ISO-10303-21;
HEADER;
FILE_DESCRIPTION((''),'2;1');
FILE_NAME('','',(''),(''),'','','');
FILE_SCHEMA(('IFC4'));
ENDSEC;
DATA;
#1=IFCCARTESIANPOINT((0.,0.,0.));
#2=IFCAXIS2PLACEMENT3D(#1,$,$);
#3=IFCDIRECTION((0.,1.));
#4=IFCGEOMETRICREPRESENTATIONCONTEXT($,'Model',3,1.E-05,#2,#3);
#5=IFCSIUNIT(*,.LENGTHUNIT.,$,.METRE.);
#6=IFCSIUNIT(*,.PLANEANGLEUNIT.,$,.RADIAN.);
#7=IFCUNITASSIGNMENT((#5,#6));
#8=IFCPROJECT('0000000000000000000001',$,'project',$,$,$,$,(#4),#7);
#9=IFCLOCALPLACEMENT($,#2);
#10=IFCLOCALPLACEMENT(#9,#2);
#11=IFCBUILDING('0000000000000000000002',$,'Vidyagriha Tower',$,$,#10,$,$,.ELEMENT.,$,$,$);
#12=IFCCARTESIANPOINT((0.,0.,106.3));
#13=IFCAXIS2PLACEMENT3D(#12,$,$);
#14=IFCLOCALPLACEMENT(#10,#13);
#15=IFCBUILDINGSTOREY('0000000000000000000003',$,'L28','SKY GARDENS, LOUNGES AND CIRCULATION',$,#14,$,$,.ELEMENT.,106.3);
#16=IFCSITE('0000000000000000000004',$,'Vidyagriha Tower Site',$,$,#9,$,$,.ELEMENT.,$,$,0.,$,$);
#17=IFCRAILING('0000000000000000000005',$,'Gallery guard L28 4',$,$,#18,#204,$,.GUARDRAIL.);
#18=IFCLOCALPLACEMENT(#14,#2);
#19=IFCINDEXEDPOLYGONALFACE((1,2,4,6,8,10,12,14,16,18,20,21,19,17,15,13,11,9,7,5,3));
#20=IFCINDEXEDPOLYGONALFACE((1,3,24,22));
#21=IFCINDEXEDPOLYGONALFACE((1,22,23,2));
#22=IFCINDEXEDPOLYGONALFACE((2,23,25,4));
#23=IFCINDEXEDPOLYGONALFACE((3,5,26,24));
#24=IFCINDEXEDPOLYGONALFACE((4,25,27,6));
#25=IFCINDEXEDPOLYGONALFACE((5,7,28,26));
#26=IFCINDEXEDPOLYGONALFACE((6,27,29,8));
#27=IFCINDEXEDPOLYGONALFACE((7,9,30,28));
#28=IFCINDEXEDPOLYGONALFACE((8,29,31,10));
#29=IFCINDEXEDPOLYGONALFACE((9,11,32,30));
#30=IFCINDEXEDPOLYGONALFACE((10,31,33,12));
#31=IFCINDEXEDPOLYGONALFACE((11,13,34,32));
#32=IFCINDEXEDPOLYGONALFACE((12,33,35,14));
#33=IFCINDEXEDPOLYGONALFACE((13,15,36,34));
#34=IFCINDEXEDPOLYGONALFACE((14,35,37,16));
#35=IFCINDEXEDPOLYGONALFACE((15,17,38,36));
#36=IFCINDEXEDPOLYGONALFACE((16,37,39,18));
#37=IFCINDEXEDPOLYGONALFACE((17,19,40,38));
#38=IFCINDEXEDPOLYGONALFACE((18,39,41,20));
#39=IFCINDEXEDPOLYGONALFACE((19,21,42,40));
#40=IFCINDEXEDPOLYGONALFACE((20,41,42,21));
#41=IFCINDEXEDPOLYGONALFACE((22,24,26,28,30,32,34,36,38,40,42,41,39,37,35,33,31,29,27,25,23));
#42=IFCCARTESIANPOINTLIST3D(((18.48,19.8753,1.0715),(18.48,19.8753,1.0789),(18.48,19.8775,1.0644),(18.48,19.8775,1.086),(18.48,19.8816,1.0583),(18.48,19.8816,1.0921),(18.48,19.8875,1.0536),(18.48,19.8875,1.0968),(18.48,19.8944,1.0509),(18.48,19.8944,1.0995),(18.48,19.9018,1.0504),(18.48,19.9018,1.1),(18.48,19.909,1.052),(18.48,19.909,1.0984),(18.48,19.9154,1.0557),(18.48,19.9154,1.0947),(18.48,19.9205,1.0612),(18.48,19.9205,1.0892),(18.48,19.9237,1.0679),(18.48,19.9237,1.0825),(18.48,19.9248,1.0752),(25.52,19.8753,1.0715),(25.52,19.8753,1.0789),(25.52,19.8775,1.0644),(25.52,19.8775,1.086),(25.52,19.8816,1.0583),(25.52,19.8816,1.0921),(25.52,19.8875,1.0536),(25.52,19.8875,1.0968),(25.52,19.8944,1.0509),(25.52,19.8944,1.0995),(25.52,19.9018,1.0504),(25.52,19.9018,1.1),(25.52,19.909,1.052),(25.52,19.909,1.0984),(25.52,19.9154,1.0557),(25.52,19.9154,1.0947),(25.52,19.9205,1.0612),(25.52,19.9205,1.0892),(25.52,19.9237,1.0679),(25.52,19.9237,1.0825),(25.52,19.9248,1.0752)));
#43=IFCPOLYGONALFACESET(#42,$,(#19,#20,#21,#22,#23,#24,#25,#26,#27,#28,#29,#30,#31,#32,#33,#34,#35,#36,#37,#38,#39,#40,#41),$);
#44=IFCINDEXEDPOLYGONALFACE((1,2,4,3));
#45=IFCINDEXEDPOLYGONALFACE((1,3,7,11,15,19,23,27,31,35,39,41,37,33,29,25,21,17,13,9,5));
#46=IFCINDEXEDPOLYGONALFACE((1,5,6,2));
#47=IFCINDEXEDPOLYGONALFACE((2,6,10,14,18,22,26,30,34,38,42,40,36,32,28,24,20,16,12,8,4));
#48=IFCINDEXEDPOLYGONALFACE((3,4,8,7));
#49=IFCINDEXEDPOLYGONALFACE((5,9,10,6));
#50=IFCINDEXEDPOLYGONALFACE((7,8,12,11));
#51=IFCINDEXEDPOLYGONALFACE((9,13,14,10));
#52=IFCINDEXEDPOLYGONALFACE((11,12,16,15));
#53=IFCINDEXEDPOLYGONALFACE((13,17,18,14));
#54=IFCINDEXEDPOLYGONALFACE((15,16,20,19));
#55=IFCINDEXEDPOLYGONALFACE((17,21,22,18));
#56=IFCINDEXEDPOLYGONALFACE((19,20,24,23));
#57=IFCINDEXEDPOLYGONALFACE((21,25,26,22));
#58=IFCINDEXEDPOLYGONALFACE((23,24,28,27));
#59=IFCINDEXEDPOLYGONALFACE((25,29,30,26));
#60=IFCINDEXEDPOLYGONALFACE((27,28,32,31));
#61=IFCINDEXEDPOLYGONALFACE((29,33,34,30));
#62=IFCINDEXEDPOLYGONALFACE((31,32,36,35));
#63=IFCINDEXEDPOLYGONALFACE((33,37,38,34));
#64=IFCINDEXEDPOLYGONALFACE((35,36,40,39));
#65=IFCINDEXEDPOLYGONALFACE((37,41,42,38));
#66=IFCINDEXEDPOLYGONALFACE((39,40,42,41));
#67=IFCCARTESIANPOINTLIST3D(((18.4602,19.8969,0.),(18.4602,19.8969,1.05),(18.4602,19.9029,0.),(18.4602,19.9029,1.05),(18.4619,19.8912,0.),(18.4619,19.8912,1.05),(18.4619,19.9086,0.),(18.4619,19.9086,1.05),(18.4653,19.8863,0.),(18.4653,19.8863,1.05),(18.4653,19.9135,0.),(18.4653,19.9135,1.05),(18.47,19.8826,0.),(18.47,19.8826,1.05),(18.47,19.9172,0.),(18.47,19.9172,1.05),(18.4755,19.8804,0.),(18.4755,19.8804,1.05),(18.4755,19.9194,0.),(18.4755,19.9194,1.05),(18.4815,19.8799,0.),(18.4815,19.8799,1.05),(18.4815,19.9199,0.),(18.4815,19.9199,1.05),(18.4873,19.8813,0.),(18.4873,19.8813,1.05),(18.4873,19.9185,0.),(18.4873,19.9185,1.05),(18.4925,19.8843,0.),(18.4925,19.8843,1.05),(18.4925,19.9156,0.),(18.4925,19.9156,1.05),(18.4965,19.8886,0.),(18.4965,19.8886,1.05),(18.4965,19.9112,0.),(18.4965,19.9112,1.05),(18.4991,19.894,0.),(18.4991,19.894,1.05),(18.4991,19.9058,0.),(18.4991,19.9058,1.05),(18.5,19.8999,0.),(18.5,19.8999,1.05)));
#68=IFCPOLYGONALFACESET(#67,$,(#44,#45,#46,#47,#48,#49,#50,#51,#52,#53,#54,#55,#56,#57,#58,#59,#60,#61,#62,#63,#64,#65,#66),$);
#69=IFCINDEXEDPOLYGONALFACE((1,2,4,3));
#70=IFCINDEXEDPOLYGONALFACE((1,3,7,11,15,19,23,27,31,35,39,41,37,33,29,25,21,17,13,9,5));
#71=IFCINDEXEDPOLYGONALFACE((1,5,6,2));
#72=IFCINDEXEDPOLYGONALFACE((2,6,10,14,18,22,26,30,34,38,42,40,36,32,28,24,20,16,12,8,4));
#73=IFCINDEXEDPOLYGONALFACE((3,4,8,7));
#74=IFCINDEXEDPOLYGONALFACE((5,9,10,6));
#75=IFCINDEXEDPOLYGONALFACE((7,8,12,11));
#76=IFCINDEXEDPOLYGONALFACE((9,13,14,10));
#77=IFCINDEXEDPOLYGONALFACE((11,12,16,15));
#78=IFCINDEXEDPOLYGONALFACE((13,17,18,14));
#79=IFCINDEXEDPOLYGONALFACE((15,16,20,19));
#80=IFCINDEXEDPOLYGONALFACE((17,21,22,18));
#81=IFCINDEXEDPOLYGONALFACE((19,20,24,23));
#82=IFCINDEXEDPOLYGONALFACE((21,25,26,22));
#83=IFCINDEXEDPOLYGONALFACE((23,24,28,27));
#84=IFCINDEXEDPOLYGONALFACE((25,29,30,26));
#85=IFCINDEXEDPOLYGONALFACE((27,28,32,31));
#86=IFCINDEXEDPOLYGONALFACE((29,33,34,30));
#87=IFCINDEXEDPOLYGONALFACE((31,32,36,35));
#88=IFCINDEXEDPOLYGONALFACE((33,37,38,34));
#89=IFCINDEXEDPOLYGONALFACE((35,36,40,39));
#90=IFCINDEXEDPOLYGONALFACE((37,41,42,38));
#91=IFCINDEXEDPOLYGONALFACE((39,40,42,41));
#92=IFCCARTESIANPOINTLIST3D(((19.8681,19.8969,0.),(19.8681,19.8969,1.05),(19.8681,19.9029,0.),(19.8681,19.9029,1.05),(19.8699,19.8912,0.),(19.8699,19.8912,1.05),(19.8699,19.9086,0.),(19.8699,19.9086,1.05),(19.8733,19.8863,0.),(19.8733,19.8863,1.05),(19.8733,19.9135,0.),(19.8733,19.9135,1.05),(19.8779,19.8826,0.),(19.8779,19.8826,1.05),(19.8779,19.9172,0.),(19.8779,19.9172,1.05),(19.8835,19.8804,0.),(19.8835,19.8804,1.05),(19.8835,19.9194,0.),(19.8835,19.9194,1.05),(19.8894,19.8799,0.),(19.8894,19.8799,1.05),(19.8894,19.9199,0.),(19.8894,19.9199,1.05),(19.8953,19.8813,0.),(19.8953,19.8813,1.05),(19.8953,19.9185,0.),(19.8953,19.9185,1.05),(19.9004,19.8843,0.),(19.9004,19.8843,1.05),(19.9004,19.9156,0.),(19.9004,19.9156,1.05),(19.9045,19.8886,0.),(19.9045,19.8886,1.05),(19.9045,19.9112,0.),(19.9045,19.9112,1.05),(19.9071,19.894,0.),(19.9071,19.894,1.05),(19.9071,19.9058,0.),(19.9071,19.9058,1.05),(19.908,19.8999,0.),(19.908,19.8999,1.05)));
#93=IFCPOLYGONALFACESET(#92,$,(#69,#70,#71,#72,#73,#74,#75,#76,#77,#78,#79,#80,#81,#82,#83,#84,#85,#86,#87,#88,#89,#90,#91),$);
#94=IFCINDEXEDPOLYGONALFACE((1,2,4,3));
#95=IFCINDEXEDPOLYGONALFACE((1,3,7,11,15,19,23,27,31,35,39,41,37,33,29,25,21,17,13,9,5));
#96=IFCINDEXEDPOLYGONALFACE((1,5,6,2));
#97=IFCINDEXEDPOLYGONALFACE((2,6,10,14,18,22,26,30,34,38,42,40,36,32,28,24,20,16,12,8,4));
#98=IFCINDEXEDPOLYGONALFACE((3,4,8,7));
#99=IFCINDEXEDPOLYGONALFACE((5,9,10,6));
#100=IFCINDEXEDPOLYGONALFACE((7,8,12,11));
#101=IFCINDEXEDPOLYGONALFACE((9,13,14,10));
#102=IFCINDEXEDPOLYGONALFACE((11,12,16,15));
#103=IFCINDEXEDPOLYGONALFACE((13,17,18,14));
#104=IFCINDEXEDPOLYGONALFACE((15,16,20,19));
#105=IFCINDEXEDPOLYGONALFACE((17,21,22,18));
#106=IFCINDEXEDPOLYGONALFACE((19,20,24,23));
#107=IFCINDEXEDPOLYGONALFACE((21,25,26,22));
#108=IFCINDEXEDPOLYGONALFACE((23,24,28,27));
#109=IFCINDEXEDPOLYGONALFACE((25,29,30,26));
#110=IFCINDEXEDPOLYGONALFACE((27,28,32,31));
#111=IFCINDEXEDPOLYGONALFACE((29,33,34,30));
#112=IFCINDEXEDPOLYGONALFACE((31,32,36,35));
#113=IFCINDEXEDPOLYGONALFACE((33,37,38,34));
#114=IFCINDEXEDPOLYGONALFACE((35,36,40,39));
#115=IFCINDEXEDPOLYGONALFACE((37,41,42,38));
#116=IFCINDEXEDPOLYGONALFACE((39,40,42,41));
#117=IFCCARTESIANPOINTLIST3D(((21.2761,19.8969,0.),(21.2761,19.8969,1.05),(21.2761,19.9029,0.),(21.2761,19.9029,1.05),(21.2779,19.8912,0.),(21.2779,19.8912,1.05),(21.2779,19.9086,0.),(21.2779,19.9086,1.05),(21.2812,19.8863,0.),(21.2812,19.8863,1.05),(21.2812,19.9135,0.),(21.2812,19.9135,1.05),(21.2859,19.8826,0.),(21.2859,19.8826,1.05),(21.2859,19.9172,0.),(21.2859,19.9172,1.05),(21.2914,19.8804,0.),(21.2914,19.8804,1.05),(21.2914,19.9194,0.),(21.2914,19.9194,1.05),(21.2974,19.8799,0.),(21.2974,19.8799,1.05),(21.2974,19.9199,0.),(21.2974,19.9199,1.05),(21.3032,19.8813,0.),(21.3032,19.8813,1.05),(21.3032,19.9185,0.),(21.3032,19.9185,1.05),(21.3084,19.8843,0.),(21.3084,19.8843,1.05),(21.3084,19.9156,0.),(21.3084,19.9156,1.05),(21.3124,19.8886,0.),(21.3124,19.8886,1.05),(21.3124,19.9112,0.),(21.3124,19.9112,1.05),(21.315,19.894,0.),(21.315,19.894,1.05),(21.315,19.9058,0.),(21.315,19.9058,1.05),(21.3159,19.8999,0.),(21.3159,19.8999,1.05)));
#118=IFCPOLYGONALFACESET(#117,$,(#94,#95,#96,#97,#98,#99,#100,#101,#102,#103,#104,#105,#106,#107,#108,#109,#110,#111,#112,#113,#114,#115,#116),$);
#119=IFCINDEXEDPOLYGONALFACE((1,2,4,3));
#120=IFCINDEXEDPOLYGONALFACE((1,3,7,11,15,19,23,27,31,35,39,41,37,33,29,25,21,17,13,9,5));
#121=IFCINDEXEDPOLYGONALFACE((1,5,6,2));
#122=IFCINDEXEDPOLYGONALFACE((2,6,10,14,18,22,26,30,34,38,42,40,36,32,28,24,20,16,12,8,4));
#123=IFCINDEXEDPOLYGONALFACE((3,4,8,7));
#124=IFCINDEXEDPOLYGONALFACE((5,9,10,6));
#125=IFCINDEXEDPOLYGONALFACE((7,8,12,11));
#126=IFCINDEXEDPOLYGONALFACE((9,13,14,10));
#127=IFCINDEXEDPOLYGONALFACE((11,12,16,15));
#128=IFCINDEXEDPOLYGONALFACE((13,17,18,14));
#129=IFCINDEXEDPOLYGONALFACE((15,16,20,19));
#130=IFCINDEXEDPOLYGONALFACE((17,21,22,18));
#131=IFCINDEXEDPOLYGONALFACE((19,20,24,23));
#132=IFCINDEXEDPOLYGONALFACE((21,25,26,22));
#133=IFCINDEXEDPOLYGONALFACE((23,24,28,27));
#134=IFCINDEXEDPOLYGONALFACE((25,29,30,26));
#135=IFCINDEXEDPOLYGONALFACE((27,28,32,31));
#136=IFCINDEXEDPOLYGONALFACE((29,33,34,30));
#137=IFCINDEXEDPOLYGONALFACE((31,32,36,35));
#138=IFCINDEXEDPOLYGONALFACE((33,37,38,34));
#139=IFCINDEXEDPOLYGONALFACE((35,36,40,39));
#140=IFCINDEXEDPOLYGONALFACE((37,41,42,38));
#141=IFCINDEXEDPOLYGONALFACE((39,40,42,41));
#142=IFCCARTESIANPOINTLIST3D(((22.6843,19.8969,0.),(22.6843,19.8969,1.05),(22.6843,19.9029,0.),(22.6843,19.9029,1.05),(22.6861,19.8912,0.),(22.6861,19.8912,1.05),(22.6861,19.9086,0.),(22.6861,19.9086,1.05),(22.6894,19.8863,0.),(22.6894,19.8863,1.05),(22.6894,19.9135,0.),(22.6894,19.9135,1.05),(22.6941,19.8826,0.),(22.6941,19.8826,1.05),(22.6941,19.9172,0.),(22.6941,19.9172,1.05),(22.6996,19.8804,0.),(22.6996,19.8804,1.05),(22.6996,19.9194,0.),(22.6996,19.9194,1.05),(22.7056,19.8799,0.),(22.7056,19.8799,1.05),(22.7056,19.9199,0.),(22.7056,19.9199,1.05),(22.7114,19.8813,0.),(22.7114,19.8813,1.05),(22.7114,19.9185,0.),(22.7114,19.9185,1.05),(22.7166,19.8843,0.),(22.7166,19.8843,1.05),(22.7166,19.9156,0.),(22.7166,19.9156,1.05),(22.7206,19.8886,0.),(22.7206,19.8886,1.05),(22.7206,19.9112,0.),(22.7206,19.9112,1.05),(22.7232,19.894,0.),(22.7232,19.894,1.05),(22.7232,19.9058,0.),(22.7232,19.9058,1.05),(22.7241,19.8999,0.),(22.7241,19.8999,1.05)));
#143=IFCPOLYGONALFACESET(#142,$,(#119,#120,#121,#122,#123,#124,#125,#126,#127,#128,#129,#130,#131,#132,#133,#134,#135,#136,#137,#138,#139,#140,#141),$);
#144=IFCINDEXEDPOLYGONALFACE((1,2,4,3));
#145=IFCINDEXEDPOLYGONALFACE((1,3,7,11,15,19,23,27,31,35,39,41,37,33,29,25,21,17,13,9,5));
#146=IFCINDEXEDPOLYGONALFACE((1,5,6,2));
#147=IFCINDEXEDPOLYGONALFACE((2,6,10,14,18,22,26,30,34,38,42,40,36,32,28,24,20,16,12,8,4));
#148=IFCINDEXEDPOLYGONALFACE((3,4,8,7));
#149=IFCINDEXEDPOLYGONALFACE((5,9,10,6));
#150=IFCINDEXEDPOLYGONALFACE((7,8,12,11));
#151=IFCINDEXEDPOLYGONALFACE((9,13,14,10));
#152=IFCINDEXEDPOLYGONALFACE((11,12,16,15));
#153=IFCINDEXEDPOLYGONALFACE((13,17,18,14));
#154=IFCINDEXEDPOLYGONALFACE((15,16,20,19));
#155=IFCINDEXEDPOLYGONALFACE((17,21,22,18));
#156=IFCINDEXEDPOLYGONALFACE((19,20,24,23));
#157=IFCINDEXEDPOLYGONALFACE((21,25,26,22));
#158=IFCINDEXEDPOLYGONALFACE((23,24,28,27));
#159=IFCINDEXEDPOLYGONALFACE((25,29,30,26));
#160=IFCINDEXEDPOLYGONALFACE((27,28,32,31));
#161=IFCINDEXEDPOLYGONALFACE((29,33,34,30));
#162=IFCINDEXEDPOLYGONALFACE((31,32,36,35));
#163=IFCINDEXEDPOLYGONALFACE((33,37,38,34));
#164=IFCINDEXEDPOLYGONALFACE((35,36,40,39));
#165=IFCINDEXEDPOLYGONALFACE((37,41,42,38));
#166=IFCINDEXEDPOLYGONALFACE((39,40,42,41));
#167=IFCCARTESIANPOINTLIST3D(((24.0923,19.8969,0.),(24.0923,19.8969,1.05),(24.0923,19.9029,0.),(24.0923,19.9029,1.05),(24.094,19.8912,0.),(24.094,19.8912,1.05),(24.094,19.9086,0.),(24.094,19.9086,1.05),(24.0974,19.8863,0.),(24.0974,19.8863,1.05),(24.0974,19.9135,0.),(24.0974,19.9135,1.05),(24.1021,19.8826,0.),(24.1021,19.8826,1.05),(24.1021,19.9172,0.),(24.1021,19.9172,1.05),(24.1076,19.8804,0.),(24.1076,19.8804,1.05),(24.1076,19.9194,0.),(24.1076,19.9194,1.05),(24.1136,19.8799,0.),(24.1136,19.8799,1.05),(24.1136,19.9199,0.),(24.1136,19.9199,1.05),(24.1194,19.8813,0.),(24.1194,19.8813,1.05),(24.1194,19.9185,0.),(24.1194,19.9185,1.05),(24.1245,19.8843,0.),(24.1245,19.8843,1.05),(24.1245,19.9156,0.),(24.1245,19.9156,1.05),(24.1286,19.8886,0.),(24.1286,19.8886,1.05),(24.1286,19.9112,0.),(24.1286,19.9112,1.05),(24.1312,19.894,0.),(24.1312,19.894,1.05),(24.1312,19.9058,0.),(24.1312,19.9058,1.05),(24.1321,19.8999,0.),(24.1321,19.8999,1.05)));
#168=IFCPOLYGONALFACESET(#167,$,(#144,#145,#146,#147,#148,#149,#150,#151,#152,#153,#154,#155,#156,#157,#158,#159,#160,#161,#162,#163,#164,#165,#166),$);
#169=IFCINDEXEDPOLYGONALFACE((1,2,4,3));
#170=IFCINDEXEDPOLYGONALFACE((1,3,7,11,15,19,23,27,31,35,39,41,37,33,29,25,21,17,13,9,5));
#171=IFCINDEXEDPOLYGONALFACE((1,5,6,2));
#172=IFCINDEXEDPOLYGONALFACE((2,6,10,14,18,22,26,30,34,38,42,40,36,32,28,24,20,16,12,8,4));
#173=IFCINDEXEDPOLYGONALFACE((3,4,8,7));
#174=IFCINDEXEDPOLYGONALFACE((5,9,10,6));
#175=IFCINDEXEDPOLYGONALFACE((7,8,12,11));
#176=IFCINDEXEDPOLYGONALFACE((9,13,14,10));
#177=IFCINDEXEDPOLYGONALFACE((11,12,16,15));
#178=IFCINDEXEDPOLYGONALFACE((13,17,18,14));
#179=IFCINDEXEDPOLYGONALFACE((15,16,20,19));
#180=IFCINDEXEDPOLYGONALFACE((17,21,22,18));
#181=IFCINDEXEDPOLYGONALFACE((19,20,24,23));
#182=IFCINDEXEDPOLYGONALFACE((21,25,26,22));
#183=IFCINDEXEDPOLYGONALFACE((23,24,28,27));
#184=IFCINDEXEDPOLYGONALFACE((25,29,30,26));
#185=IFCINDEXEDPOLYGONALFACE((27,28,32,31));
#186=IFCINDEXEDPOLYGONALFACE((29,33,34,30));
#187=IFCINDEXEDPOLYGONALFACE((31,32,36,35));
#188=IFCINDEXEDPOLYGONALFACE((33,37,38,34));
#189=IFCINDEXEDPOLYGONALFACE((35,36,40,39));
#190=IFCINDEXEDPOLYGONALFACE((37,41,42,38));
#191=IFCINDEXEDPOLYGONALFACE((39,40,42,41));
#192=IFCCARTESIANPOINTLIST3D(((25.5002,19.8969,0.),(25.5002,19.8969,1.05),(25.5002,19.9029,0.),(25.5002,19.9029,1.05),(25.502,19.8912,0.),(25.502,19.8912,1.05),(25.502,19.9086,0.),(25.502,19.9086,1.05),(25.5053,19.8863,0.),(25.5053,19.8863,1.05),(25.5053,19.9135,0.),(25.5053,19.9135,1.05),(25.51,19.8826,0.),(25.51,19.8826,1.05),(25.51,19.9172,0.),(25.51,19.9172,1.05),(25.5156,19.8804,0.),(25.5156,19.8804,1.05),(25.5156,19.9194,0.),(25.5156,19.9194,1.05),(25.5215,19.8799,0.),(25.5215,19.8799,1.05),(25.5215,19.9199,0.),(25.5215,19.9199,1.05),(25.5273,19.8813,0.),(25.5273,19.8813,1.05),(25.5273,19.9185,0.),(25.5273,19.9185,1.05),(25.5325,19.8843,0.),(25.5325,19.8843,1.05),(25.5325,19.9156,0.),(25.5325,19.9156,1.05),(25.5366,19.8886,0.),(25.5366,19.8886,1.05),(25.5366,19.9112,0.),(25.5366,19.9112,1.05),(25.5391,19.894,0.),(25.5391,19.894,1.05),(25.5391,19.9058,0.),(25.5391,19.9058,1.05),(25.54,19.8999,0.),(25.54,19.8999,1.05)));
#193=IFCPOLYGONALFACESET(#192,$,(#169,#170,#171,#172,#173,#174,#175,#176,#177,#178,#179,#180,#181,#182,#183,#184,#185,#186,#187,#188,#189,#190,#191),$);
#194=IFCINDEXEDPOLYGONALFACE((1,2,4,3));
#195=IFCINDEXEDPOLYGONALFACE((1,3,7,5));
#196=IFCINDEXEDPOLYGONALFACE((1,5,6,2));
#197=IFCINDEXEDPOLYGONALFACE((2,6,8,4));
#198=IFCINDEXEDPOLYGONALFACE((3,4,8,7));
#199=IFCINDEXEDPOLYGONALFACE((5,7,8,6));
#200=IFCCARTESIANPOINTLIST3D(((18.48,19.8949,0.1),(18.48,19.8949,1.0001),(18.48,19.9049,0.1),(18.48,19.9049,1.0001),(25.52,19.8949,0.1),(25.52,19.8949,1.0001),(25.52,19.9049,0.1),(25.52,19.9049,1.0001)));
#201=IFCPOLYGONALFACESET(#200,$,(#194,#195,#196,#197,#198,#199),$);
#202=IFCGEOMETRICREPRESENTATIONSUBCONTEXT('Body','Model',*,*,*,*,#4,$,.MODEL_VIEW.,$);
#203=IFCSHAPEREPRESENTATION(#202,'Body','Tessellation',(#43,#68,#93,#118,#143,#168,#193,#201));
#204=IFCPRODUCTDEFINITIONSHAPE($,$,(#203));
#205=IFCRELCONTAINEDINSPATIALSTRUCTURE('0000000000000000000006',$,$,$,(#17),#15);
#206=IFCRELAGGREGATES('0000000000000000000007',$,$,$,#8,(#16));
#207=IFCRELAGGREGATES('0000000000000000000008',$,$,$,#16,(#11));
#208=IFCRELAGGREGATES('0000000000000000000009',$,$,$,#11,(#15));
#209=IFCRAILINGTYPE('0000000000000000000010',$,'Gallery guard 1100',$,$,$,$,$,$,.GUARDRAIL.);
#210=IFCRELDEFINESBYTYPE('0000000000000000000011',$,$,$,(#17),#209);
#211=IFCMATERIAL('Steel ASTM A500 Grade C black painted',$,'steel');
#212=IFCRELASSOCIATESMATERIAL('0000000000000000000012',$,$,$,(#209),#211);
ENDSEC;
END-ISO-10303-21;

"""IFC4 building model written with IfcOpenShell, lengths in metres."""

from ifc_helpers import new_model, si_unit, direction, frame, origin, origin_2d, place, context, subcontext, project, spatial, rectangle, circle, extrude, material, type_object, element, save


model = new_model("IFC4")

# Units and contexts
model_context = context("Model", 3, precision=1e-05, world=origin(), true_north=direction((0.0, 1.0)))
body_context = subcontext(model_context, "Body", "Model", "MODEL_VIEW")
ifc_project = project(units=[si_unit("LENGTHUNIT", "METRE"), si_unit("PLANEANGLEUNIT", "RADIAN")], contexts=[model_context])

# Site, building, storey
site_placement = place(None, origin())
site = spatial("IfcSite", under=ifc_project, at=site_placement, Name="Vidyagriha Tower Site", CompositionType="ELEMENT", RefElevation=0.0)
building_placement = place(site_placement, origin())
building = spatial("IfcBuilding", under=site, at=building_placement, Name="Vidyagriha Tower", CompositionType="ELEMENT")
storey_placement = place(building_placement, frame((0.0, 0.0, 106.3)))
storey = spatial("IfcBuildingStorey", under=building, at=storey_placement, Name="L28", Description="SKY GARDENS, LOUNGES AND CIRCULATION", CompositionType="ELEMENT", Elevation=106.3)

# Railing
ifc_material_1 = material(Name="Steel ASTM A500 Grade C black painted", Category="steel")
railing_type = type_object("IfcRailingType", Name="Gallery guard 1100", PredefinedType="GUARDRAIL", material=ifc_material_1)
for number, where, name in (
    (1, (18.48, 19.8999, 0.0), "Gallery guard L28 4"),
):
    element("IfcRailing", number, at=place(storey_placement, frame(where)), inside=storey, type_object=railing_type, Name=name, PredefinedType="GUARDRAIL", context=body_context, shape_type="SweptSolid", body=[
        extrude(circle(Radius=0.0249, at=origin_2d()), frame((0.0, 0.0, 1.0752), z_axis=(1.0, 0.0, 0.0), x_axis=(0.0, 1.0, 0.0)), (0.0, 0.0, 1.0), 7.04),
        extrude(circle(Radius=0.02, at=origin_2d()), origin(), (0.0, 0.0, 1.0), 1.05),
        extrude(circle(Radius=0.02, at=origin_2d()), frame((1.408, 0.0, 0.0)), (0.0, 0.0, 1.0), 1.05),
        extrude(circle(Radius=0.02, at=origin_2d()), frame((2.8159, 0.0, 0.0)), (0.0, 0.0, 1.0), 1.05),
        extrude(circle(Radius=0.02, at=origin_2d()), frame((4.2241, 0.0, 0.0)), (0.0, 0.0, 1.0), 1.05),
        extrude(circle(Radius=0.02, at=origin_2d()), frame((5.6321, 0.0, 0.0)), (0.0, 0.0, 1.0), 1.05),
        extrude(circle(Radius=0.02, at=origin_2d()), frame((7.04, 0.0, 0.0)), (0.0, 0.0, 1.0), 1.05),
        extrude(rectangle(XDim=0.01, YDim=0.9001, at=origin_2d()), frame((0.0, 0.0, 0.55), z_axis=(1.0, 0.0, 0.0), x_axis=(0.0, 1.0, 0.0)), (0.0, 0.0, 1.0), 7.04),
    ])

save(model, "model.ifc")
